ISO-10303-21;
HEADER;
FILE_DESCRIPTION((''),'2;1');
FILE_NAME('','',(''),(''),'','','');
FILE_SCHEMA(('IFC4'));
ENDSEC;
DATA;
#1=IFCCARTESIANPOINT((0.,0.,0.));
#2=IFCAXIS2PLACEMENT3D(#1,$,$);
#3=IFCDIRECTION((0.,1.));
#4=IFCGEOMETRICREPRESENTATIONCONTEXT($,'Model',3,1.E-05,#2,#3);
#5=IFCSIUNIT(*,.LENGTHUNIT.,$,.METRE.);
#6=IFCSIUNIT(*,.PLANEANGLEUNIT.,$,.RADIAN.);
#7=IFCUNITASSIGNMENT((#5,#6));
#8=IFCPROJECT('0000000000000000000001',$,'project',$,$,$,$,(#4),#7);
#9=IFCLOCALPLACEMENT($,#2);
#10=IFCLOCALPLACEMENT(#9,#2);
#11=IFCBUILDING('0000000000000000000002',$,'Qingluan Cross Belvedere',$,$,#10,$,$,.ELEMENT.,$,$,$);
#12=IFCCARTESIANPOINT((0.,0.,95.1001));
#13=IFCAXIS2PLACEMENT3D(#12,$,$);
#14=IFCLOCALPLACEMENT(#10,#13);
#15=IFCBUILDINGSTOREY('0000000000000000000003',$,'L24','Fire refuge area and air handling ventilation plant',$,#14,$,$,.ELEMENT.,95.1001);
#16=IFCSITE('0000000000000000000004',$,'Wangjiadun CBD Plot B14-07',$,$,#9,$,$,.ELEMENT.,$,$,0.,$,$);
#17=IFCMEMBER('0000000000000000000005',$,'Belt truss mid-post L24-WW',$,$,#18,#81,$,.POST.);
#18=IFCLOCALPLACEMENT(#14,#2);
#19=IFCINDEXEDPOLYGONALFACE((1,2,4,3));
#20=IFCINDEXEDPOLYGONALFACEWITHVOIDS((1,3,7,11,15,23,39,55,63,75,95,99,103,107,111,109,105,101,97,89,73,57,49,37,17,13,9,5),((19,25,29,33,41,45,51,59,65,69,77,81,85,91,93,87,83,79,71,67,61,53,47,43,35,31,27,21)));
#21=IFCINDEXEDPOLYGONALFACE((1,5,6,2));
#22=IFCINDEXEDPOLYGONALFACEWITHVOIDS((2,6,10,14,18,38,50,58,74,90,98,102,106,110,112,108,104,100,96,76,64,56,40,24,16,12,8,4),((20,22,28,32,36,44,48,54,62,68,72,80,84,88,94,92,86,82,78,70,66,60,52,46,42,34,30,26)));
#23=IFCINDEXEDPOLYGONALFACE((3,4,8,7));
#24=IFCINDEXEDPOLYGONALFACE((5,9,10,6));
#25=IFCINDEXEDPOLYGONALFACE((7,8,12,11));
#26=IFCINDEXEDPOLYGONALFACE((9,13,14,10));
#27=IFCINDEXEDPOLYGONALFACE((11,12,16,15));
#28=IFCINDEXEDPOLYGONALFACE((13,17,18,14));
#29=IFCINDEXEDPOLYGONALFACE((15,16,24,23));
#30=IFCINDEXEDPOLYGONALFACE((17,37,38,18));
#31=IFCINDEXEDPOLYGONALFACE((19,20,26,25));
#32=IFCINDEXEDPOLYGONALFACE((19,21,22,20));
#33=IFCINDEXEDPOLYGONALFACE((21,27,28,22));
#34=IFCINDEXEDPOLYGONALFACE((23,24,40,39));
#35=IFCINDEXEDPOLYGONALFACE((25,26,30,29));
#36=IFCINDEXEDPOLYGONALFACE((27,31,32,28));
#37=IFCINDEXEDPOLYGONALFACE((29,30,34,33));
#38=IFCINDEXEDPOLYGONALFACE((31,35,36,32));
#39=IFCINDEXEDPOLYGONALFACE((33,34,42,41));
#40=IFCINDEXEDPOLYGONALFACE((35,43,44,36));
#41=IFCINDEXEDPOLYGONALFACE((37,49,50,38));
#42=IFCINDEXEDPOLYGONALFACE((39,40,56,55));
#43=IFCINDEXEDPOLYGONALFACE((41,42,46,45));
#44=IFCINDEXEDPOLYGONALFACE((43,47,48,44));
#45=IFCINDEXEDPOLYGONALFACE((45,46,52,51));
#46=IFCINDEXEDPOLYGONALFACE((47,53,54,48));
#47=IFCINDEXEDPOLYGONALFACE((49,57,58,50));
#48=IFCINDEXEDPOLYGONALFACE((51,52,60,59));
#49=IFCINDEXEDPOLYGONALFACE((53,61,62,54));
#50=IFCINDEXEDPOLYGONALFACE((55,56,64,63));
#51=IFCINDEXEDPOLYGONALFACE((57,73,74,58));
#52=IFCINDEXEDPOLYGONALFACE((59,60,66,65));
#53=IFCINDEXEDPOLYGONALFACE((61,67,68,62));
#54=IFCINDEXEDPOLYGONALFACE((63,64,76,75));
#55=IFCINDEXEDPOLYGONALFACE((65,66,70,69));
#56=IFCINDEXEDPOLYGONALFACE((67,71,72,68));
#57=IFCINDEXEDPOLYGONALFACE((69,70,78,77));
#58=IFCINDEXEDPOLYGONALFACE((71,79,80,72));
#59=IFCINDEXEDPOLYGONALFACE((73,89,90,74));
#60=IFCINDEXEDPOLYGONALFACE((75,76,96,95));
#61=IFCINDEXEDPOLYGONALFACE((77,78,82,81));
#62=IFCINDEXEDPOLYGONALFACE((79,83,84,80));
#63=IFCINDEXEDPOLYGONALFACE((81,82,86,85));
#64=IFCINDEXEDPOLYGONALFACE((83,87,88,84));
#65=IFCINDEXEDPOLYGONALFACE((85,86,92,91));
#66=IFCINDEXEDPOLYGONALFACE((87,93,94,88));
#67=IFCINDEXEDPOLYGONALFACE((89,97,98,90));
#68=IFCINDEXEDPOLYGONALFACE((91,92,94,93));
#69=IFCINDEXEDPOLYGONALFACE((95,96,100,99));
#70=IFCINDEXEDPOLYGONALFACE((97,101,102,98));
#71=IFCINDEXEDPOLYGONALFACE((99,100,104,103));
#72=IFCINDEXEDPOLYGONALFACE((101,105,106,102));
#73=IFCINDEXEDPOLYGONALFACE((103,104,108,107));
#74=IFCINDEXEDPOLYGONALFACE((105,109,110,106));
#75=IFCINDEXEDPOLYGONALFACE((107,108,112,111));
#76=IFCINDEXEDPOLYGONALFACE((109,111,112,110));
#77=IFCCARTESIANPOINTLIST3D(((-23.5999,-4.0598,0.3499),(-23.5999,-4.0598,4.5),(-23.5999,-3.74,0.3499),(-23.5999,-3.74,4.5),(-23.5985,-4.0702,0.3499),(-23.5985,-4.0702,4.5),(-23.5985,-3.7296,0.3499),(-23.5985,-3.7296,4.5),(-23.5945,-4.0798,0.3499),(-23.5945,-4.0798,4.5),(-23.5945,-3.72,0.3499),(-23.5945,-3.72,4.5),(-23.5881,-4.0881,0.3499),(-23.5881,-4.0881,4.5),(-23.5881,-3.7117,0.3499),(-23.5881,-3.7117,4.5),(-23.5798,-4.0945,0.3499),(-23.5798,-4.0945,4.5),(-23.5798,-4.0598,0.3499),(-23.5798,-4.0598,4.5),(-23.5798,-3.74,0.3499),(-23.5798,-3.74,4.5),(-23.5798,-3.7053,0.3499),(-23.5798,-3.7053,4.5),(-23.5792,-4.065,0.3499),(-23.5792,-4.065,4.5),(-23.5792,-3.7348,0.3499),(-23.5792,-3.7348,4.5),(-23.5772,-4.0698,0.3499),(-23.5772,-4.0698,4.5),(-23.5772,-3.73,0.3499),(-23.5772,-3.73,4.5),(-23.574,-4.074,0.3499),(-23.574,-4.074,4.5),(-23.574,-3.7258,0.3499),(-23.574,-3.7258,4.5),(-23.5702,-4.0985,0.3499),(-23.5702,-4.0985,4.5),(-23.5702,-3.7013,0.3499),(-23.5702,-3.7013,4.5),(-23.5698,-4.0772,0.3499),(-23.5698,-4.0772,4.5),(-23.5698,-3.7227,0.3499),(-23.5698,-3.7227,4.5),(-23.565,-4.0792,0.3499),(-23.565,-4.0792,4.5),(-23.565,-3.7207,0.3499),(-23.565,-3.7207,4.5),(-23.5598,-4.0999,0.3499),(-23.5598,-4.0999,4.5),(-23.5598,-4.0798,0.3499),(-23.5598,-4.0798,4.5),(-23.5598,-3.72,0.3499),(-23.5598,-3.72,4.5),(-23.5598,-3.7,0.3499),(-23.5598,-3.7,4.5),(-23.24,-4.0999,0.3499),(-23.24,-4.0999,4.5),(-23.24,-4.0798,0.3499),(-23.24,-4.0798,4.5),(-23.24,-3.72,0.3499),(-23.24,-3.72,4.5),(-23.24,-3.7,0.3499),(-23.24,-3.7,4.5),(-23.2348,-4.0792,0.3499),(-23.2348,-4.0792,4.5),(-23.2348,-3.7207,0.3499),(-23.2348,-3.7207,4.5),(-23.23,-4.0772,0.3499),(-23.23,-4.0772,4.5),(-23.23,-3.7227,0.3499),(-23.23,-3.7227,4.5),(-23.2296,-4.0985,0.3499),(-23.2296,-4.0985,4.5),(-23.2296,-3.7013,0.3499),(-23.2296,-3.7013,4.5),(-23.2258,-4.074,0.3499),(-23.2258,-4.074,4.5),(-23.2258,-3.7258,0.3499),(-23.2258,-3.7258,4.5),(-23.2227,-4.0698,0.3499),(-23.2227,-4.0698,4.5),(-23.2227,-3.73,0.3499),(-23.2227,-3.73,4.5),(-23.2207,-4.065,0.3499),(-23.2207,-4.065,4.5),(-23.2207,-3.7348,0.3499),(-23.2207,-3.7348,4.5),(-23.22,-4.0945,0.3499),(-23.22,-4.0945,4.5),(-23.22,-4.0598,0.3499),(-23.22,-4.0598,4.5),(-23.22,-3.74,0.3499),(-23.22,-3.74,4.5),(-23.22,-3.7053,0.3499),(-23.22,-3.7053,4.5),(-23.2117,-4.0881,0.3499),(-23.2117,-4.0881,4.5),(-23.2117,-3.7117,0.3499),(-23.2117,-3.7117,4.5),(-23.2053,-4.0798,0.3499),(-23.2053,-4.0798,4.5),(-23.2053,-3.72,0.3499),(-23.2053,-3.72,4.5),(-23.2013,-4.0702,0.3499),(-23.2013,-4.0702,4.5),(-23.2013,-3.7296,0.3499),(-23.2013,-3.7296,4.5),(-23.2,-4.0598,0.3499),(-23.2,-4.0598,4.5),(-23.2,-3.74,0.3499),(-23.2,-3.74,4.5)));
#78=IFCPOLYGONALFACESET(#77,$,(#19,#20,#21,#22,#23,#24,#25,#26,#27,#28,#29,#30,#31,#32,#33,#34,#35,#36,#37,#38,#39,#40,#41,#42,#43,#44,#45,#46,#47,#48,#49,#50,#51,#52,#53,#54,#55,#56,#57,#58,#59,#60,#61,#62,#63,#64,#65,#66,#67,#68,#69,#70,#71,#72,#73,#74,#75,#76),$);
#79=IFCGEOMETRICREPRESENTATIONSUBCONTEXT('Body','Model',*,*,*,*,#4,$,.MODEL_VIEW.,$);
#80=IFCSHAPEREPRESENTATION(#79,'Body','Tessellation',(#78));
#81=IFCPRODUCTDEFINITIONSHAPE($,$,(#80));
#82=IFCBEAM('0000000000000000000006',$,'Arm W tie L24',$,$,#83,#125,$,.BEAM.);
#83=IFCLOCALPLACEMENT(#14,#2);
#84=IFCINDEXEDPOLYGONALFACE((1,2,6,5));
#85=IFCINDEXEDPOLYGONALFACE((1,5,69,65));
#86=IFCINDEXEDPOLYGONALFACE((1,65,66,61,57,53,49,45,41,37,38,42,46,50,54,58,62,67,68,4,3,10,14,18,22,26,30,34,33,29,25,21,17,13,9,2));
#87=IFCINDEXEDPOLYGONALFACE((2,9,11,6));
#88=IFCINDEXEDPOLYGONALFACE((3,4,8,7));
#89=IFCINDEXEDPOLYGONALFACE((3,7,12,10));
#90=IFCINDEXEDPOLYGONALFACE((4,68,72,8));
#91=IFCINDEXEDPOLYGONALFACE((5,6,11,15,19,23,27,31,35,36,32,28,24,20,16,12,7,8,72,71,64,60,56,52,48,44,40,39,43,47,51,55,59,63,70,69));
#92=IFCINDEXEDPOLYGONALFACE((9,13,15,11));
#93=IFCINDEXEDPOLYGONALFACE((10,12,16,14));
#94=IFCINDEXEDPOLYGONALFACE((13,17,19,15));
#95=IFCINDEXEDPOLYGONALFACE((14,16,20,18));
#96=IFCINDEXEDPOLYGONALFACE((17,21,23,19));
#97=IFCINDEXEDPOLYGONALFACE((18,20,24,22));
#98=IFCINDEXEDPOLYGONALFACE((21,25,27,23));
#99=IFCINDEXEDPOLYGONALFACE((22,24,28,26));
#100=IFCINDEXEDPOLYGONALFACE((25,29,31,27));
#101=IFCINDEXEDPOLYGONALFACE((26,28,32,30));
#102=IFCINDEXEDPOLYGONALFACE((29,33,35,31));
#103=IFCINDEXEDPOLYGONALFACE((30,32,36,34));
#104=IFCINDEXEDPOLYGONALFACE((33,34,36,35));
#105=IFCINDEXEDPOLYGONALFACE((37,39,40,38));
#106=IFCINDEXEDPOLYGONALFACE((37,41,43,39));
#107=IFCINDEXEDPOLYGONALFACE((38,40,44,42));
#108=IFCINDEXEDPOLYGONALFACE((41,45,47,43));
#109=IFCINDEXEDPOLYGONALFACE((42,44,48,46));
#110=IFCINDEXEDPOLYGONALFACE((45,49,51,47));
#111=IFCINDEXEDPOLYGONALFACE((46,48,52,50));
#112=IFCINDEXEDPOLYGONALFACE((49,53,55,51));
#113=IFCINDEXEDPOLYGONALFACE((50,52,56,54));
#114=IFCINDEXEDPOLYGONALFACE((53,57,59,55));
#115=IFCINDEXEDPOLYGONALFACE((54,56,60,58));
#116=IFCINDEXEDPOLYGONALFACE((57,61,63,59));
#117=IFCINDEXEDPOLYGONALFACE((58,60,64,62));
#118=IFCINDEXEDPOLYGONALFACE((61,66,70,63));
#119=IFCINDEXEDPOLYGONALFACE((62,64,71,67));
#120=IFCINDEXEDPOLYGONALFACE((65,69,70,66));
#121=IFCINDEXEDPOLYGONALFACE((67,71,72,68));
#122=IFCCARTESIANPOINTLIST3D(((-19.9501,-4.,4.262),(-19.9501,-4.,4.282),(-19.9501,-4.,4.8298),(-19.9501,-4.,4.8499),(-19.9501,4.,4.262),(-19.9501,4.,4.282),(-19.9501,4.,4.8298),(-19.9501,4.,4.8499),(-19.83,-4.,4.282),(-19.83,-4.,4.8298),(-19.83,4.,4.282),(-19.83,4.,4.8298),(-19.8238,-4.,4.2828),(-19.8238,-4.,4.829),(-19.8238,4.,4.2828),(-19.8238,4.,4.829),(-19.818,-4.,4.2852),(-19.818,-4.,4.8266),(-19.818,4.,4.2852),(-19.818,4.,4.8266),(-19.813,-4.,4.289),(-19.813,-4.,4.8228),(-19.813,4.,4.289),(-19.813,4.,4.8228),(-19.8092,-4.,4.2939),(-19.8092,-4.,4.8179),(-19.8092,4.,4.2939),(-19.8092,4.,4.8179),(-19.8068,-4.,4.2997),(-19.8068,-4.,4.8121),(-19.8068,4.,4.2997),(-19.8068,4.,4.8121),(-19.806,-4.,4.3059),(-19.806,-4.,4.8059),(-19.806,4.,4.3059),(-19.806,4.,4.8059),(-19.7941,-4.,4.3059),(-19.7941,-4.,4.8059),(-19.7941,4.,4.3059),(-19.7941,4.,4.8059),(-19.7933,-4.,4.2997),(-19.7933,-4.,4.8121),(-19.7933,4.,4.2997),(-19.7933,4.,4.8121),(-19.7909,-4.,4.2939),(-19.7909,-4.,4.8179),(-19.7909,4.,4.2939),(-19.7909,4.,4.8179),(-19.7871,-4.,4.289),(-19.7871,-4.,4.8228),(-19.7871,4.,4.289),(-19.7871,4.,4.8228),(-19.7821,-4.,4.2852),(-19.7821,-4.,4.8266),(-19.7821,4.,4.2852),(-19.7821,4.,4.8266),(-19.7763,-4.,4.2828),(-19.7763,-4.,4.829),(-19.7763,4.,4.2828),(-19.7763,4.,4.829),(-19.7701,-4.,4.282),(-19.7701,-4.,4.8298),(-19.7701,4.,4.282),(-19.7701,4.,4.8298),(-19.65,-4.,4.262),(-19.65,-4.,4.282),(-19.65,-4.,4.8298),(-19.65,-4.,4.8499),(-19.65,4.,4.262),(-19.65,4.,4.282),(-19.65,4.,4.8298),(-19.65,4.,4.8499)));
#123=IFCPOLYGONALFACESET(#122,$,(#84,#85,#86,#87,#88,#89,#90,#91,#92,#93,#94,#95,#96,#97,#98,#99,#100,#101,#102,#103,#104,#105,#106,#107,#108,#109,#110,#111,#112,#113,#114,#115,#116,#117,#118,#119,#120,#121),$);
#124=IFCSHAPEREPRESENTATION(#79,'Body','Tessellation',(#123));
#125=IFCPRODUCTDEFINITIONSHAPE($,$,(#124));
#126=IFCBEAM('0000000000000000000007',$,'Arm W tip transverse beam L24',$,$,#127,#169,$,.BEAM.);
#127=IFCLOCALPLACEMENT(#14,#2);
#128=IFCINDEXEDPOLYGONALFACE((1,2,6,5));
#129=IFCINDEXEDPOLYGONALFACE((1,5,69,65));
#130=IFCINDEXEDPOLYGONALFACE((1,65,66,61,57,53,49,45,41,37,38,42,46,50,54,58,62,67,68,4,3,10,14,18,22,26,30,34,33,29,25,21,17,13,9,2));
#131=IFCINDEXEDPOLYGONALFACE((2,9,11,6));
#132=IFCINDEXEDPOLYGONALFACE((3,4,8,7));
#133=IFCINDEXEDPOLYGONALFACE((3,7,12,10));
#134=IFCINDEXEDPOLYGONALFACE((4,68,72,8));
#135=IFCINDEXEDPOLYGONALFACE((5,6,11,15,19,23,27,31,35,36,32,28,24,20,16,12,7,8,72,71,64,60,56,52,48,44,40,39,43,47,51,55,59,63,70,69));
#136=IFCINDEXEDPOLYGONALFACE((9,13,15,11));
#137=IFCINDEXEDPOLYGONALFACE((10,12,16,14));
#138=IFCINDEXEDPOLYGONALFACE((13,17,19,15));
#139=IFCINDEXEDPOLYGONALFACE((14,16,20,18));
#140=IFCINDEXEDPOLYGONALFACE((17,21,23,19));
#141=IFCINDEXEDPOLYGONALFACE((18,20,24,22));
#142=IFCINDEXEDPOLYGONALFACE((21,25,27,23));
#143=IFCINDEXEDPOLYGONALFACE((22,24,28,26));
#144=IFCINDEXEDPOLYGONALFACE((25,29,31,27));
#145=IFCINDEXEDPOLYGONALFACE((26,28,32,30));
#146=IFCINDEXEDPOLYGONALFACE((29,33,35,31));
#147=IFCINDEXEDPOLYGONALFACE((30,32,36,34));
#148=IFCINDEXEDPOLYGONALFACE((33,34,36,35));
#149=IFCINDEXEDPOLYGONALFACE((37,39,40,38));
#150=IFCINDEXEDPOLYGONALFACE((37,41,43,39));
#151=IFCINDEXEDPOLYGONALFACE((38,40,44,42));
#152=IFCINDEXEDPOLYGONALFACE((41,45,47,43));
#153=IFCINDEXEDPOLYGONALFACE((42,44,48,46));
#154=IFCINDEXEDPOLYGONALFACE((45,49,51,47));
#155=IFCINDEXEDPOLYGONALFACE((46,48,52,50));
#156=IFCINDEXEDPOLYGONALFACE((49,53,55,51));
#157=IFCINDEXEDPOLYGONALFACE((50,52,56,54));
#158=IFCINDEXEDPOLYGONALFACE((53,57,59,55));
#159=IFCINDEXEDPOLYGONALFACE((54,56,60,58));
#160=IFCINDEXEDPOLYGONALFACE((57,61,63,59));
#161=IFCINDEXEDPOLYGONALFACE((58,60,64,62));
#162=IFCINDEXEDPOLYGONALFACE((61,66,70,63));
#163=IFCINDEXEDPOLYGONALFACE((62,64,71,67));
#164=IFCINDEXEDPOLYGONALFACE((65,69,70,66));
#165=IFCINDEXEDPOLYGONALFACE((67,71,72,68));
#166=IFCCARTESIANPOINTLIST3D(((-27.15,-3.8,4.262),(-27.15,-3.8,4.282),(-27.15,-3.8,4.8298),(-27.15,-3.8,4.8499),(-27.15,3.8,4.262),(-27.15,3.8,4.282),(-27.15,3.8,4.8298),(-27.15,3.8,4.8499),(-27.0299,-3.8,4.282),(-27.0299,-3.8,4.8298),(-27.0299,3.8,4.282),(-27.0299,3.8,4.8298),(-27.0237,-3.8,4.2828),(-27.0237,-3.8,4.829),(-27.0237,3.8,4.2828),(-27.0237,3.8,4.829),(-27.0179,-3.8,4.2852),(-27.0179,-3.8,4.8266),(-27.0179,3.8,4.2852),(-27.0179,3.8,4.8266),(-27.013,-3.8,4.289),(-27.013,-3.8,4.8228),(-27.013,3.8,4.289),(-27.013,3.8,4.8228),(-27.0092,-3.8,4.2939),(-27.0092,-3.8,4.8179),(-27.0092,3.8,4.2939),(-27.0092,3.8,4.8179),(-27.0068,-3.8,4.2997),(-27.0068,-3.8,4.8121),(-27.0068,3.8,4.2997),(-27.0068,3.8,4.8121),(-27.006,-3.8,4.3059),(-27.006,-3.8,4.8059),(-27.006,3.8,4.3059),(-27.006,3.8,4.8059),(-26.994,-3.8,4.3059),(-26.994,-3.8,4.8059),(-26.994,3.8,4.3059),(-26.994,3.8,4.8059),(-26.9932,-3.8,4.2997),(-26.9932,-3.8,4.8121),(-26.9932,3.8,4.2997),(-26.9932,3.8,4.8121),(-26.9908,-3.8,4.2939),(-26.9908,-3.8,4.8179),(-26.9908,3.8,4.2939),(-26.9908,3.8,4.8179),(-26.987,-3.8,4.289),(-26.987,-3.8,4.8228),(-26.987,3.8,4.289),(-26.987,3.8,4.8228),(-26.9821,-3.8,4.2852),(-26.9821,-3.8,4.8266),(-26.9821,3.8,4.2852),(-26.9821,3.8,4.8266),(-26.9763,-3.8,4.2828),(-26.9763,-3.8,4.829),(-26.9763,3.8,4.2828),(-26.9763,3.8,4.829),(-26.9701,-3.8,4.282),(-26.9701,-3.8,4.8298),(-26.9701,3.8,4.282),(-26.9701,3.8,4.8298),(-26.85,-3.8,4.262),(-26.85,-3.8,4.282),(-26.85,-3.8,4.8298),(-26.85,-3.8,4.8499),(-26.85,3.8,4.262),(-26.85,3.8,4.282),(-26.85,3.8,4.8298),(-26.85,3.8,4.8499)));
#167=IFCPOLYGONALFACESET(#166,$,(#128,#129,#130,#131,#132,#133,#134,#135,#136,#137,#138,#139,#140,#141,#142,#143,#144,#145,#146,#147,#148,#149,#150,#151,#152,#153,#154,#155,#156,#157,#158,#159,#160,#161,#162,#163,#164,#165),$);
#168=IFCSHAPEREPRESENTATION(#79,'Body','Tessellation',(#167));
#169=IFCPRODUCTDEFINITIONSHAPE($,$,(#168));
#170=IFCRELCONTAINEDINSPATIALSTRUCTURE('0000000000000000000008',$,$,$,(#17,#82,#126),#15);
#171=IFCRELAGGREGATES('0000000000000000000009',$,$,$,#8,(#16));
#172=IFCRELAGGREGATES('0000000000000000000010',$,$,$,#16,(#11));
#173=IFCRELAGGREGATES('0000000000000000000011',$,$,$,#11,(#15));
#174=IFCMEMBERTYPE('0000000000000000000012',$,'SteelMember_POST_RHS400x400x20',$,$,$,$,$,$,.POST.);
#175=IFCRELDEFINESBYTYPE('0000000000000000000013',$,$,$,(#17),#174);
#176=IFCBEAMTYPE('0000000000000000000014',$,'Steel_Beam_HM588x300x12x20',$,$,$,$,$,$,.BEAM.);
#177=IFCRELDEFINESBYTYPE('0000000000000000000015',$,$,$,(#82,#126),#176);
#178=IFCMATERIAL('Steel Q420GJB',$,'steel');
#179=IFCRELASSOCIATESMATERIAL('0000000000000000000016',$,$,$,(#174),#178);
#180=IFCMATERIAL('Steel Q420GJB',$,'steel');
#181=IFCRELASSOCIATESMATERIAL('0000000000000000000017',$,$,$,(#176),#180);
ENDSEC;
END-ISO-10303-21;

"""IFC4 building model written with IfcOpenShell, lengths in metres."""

from ifc_helpers import new_model, si_unit, direction, frame, origin, origin_2d, place, context, subcontext, project, spatial, hollow_rectangle, i_section, extrude, material, material_profile, profile_set, type_object, element, save


model = new_model("IFC4")

# Units and contexts
model_context = context("Model", 3, precision=1e-05, world=origin(), true_north=direction((0.0, 1.0)))
body_context = subcontext(model_context, "Body", "Model", "MODEL_VIEW")
ifc_project = project(units=[si_unit("LENGTHUNIT", "METRE"), si_unit("PLANEANGLEUNIT", "RADIAN")], contexts=[model_context])

# Site, building, storey
site_placement = place(None, origin())
site = spatial("IfcSite", under=ifc_project, at=site_placement, Name="Wangjiadun CBD Plot B14-07", CompositionType="ELEMENT", RefElevation=0.0)
building_placement = place(site_placement, origin())
building = spatial("IfcBuilding", under=site, at=building_placement, Name="Qingluan Cross Belvedere", CompositionType="ELEMENT")
storey_placement = place(building_placement, frame((0.0, 0.0, 95.1001)))
storey = spatial("IfcBuildingStorey", under=building, at=storey_placement, Name="L24", Description="Fire refuge area and air handling ventilation plant", CompositionType="ELEMENT", Elevation=95.1001)

# Member
ifc_material_1 = material(Name="Steel Q420GJB", Category="steel")
ifc_material_profile_1 = material_profile(ifc_material_1, hollow_rectangle(XDim=0.3999, YDim=0.3999, WallThickness=0.02, InnerFilletRadius=0.02, OuterFilletRadius=0.04, at=origin_2d()), Name="RHS400x400x20")
ifc_profile_set_1 = profile_set([ifc_material_profile_1], Name="Steel Q420GJB")
member_type_1 = type_object("IfcMemberType", Name="SteelMember_POST_RHS400x400x20", PredefinedType="POST", material=ifc_profile_set_1)
member_1_placement = place(storey_placement, frame((-23.3999, -3.8999, 0.3499), z_axis=(0.0, 0.0, 1.0), x_axis=(1.0, 0.0, 0.0)))
element("IfcMember", 1, at=member_1_placement, inside=storey, type_object=member_type_1, Name="Belt truss mid-post L24-WW", PredefinedType="POST", context=body_context, shape_type="SweptSolid", body=[
    extrude(hollow_rectangle(XDim=0.3999, YDim=0.3999, WallThickness=0.02, InnerFilletRadius=0.02, OuterFilletRadius=0.04, at=origin_2d()), origin(), (0.0, 0.0, 1.0), 4.1501),
])

# Beams
ifc_material_2 = material(Name="Steel Q420GJB", Category="steel")
ifc_material_profile_2 = material_profile(ifc_material_2, i_section(OverallWidth=0.3, OverallDepth=0.5879, WebThickness=0.012, FlangeThickness=0.02, FilletRadius=0.0239, at=origin_2d()), Name="HM588x300x12x20")
ifc_profile_set_2 = profile_set([ifc_material_profile_2], Name="Steel Q420GJB")
beam_type_1 = type_object("IfcBeamType", Name="Steel_Beam_HM588x300x12x20", PredefinedType="BEAM", material=ifc_profile_set_2)
beam_1_placement = place(storey_placement, frame((-19.8, -4.0, 4.5559), z_axis=(0.0, 1.0, 0.0), x_axis=(-1.0, 0.0, 0.0)))
element("IfcBeam", 2, at=beam_1_placement, inside=storey, type_object=beam_type_1, Name="Arm W tie L24", PredefinedType="BEAM", context=body_context, shape_type="SweptSolid", body=[
    extrude(i_section(OverallWidth=0.3, OverallDepth=0.5879, WebThickness=0.012, FlangeThickness=0.02, FilletRadius=0.0239, at=origin_2d()), origin(), (0.0, 0.0, 1.0), 8.0),
])
beam_2_placement = place(storey_placement, frame((-27.0, -3.8, 4.5559), z_axis=(0.0, 1.0, 0.0), x_axis=(-1.0, 0.0, 0.0)))
element("IfcBeam", 3, at=beam_2_placement, inside=storey, type_object=beam_type_1, Name="Arm W tip transverse beam L24", PredefinedType="BEAM", context=body_context, shape_type="SweptSolid", body=[
    extrude(i_section(OverallWidth=0.3, OverallDepth=0.5879, WebThickness=0.012, FlangeThickness=0.02, FilletRadius=0.0239, at=origin_2d()), origin(), (0.0, 0.0, 1.0), 7.6001),
])

save(model, "model.ifc")
